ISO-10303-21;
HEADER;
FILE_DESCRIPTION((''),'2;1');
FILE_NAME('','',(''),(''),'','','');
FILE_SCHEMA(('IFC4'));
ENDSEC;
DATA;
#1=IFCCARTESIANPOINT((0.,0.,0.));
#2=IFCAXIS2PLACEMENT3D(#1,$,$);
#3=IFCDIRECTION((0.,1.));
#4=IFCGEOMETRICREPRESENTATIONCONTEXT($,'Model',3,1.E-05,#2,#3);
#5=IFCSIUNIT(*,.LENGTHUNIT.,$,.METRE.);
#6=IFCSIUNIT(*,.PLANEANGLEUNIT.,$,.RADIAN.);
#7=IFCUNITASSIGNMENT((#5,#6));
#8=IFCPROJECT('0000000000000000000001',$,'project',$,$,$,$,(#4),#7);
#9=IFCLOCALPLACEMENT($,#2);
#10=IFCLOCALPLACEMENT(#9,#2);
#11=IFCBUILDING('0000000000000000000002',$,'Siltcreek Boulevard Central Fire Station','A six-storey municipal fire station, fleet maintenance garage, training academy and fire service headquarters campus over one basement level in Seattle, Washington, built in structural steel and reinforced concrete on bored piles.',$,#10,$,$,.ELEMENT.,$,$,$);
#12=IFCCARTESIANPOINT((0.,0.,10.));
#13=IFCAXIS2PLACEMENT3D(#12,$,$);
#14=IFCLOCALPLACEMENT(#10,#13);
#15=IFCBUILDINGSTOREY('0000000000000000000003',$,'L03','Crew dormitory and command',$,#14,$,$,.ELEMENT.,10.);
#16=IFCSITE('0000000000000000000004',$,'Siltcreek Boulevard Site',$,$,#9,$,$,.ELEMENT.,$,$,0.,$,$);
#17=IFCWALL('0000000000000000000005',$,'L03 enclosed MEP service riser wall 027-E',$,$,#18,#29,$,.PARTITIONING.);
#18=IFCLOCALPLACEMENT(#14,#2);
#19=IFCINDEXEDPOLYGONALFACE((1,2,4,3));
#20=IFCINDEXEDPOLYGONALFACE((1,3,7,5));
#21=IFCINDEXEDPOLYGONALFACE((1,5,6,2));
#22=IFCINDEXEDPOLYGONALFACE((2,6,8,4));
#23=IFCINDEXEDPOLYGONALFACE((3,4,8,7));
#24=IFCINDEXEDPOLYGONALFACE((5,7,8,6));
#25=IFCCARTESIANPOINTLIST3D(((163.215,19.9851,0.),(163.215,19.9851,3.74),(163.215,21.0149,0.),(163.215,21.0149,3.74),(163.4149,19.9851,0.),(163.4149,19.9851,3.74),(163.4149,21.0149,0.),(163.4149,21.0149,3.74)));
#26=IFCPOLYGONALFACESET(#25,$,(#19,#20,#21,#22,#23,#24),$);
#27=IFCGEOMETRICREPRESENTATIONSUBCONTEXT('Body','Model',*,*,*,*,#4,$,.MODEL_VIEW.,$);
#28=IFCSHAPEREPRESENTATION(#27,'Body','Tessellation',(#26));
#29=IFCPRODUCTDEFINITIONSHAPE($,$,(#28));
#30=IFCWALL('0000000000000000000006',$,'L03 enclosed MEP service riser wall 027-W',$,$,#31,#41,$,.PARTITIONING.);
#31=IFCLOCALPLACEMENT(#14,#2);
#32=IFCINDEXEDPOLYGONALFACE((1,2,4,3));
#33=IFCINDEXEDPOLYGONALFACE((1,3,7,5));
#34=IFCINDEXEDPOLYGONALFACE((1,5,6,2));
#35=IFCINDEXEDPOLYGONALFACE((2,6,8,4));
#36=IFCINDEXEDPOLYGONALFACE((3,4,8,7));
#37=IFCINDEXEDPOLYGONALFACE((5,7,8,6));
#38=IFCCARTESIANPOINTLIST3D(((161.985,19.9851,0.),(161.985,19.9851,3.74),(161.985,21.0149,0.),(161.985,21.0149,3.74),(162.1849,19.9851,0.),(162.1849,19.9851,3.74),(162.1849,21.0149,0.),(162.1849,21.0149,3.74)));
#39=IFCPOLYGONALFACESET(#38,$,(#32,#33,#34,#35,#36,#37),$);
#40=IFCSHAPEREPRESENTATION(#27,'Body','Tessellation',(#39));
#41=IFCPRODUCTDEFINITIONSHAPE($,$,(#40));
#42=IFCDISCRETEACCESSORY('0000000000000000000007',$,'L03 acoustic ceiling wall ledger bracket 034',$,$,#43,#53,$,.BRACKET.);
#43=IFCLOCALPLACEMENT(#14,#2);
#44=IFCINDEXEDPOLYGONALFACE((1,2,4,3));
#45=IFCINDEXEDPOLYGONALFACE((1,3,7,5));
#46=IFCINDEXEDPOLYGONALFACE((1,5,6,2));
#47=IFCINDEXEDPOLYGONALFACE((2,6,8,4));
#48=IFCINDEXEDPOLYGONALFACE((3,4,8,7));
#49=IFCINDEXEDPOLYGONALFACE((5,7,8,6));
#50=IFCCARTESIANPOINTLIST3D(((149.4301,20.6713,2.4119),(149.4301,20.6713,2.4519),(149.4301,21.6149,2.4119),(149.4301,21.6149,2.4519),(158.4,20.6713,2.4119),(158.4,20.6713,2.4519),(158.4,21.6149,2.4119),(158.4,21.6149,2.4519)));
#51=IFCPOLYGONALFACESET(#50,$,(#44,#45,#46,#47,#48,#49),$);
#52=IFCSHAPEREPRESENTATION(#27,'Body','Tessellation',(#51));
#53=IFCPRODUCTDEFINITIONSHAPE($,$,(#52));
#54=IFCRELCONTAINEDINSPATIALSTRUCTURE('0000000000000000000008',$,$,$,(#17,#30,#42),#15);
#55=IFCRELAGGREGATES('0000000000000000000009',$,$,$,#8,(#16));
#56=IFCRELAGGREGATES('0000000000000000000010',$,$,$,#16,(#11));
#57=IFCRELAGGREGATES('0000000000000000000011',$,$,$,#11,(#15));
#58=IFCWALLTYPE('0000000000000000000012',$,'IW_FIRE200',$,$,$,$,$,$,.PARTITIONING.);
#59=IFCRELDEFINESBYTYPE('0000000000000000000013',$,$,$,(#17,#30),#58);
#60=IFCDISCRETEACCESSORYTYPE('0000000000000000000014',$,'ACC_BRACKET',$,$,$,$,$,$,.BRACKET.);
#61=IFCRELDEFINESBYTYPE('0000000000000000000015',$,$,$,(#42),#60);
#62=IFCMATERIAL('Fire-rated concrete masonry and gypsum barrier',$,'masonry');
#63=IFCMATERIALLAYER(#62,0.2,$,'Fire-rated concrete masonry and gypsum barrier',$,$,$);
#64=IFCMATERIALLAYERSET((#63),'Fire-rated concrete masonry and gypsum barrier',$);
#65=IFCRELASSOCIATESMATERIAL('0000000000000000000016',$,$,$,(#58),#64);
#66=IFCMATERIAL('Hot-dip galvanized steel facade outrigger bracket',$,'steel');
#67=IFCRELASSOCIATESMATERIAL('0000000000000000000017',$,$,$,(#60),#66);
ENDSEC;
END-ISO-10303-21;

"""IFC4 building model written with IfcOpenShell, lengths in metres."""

from ifc_helpers import new_model, si_unit, direction, frame, frame_2d, origin, origin_2d, place, context, subcontext, project, spatial, rectangle, extrude, material, layer, layer_set, type_object, element, save


model = new_model("IFC4")

# Units and contexts
model_context = context("Model", 3, precision=1e-05, world=origin(), true_north=direction((0.0, 1.0)))
body_context = subcontext(model_context, "Body", "Model", "MODEL_VIEW")
ifc_project = project(units=[si_unit("LENGTHUNIT", "METRE"), si_unit("PLANEANGLEUNIT", "RADIAN")], contexts=[model_context])

# Site, building, storey
site_placement = place(None, origin())
site = spatial("IfcSite", under=ifc_project, at=site_placement, Name="Siltcreek Boulevard Site", CompositionType="ELEMENT", RefElevation=0.0)
building_placement = place(site_placement, origin())
building = spatial("IfcBuilding", under=site, at=building_placement, Name="Siltcreek Boulevard Central Fire Station", Description="A six-storey municipal fire station, fleet maintenance garage, training academy and fire service headquarters campus over one basement level in Seattle, Washington, built in structural steel and reinforced concrete on bored piles.", CompositionType="ELEMENT")
storey_placement = place(building_placement, frame((0.0, 0.0, 10.0)))
storey = spatial("IfcBuildingStorey", under=building, at=storey_placement, Name="L03", Description="Crew dormitory and command", CompositionType="ELEMENT", Elevation=10.0)

# Walls
ifc_material_1 = material(Name="Fire-rated concrete masonry and gypsum barrier", Category="masonry")
ifc_layer_1 = layer(ifc_material_1, 0.2, Name="Fire-rated concrete masonry and gypsum barrier")
ifc_layer_set_1 = layer_set([ifc_layer_1], Name="Fire-rated concrete masonry and gypsum barrier")
wall_type_1 = type_object("IfcWallType", Name="IW_FIRE200", PredefinedType="PARTITIONING", material=ifc_layer_set_1)
wall_1_placement = place(storey_placement, frame((163.3149, 19.9851, 0.0), z_axis=(0.0, 0.0, 1.0), x_axis=(0.0, 1.0, 0.0)))
element("IfcWall", 1, at=wall_1_placement, inside=storey, type_object=wall_type_1, Name="L03 enclosed MEP service riser wall 027-E", PredefinedType="PARTITIONING", context=body_context, shape_type="SweptSolid", body=[
    extrude(rectangle(XDim=1.0298, YDim=0.2, at=frame_2d((0.5149, 0.0))), origin(), (0.0, 0.0, 1.0), 3.74),
])
wall_2_placement = place(storey_placement, frame((162.085, 21.0149, 0.0), z_axis=(0.0, 0.0, 1.0), x_axis=(0.0, -1.0, 0.0)))
element("IfcWall", 2, at=wall_2_placement, inside=storey, type_object=wall_type_1, Name="L03 enclosed MEP service riser wall 027-W", PredefinedType="PARTITIONING", context=body_context, shape_type="SweptSolid", body=[
    extrude(rectangle(XDim=1.0298, YDim=0.2, at=frame_2d((0.5149, 0.0))), origin(), (0.0, 0.0, 1.0), 3.74),
])

# Discrete accessory
ifc_material_2 = material(Name="Hot-dip galvanized steel facade outrigger bracket", Category="steel")
discrete_accessory_type = type_object("IfcDiscreteAccessoryType", Name="ACC_BRACKET", PredefinedType="BRACKET", material=ifc_material_2)
discrete_accessory_placement = place(storey_placement, frame((153.915, 21.1431, 2.4119), z_axis=(0.0, 0.0, 1.0), x_axis=(1.0, 0.0, 0.0)))
element("IfcDiscreteAccessory", 3, at=discrete_accessory_placement, inside=storey, type_object=discrete_accessory_type, Name="L03 acoustic ceiling wall ledger bracket 034", PredefinedType="BRACKET", context=body_context, shape_type="SweptSolid", body=[
    extrude(rectangle(XDim=8.97, YDim=0.9436, at=origin_2d()), origin(), (0.0, 0.0, 1.0), 0.04),
])

save(model, "model.ifc")
